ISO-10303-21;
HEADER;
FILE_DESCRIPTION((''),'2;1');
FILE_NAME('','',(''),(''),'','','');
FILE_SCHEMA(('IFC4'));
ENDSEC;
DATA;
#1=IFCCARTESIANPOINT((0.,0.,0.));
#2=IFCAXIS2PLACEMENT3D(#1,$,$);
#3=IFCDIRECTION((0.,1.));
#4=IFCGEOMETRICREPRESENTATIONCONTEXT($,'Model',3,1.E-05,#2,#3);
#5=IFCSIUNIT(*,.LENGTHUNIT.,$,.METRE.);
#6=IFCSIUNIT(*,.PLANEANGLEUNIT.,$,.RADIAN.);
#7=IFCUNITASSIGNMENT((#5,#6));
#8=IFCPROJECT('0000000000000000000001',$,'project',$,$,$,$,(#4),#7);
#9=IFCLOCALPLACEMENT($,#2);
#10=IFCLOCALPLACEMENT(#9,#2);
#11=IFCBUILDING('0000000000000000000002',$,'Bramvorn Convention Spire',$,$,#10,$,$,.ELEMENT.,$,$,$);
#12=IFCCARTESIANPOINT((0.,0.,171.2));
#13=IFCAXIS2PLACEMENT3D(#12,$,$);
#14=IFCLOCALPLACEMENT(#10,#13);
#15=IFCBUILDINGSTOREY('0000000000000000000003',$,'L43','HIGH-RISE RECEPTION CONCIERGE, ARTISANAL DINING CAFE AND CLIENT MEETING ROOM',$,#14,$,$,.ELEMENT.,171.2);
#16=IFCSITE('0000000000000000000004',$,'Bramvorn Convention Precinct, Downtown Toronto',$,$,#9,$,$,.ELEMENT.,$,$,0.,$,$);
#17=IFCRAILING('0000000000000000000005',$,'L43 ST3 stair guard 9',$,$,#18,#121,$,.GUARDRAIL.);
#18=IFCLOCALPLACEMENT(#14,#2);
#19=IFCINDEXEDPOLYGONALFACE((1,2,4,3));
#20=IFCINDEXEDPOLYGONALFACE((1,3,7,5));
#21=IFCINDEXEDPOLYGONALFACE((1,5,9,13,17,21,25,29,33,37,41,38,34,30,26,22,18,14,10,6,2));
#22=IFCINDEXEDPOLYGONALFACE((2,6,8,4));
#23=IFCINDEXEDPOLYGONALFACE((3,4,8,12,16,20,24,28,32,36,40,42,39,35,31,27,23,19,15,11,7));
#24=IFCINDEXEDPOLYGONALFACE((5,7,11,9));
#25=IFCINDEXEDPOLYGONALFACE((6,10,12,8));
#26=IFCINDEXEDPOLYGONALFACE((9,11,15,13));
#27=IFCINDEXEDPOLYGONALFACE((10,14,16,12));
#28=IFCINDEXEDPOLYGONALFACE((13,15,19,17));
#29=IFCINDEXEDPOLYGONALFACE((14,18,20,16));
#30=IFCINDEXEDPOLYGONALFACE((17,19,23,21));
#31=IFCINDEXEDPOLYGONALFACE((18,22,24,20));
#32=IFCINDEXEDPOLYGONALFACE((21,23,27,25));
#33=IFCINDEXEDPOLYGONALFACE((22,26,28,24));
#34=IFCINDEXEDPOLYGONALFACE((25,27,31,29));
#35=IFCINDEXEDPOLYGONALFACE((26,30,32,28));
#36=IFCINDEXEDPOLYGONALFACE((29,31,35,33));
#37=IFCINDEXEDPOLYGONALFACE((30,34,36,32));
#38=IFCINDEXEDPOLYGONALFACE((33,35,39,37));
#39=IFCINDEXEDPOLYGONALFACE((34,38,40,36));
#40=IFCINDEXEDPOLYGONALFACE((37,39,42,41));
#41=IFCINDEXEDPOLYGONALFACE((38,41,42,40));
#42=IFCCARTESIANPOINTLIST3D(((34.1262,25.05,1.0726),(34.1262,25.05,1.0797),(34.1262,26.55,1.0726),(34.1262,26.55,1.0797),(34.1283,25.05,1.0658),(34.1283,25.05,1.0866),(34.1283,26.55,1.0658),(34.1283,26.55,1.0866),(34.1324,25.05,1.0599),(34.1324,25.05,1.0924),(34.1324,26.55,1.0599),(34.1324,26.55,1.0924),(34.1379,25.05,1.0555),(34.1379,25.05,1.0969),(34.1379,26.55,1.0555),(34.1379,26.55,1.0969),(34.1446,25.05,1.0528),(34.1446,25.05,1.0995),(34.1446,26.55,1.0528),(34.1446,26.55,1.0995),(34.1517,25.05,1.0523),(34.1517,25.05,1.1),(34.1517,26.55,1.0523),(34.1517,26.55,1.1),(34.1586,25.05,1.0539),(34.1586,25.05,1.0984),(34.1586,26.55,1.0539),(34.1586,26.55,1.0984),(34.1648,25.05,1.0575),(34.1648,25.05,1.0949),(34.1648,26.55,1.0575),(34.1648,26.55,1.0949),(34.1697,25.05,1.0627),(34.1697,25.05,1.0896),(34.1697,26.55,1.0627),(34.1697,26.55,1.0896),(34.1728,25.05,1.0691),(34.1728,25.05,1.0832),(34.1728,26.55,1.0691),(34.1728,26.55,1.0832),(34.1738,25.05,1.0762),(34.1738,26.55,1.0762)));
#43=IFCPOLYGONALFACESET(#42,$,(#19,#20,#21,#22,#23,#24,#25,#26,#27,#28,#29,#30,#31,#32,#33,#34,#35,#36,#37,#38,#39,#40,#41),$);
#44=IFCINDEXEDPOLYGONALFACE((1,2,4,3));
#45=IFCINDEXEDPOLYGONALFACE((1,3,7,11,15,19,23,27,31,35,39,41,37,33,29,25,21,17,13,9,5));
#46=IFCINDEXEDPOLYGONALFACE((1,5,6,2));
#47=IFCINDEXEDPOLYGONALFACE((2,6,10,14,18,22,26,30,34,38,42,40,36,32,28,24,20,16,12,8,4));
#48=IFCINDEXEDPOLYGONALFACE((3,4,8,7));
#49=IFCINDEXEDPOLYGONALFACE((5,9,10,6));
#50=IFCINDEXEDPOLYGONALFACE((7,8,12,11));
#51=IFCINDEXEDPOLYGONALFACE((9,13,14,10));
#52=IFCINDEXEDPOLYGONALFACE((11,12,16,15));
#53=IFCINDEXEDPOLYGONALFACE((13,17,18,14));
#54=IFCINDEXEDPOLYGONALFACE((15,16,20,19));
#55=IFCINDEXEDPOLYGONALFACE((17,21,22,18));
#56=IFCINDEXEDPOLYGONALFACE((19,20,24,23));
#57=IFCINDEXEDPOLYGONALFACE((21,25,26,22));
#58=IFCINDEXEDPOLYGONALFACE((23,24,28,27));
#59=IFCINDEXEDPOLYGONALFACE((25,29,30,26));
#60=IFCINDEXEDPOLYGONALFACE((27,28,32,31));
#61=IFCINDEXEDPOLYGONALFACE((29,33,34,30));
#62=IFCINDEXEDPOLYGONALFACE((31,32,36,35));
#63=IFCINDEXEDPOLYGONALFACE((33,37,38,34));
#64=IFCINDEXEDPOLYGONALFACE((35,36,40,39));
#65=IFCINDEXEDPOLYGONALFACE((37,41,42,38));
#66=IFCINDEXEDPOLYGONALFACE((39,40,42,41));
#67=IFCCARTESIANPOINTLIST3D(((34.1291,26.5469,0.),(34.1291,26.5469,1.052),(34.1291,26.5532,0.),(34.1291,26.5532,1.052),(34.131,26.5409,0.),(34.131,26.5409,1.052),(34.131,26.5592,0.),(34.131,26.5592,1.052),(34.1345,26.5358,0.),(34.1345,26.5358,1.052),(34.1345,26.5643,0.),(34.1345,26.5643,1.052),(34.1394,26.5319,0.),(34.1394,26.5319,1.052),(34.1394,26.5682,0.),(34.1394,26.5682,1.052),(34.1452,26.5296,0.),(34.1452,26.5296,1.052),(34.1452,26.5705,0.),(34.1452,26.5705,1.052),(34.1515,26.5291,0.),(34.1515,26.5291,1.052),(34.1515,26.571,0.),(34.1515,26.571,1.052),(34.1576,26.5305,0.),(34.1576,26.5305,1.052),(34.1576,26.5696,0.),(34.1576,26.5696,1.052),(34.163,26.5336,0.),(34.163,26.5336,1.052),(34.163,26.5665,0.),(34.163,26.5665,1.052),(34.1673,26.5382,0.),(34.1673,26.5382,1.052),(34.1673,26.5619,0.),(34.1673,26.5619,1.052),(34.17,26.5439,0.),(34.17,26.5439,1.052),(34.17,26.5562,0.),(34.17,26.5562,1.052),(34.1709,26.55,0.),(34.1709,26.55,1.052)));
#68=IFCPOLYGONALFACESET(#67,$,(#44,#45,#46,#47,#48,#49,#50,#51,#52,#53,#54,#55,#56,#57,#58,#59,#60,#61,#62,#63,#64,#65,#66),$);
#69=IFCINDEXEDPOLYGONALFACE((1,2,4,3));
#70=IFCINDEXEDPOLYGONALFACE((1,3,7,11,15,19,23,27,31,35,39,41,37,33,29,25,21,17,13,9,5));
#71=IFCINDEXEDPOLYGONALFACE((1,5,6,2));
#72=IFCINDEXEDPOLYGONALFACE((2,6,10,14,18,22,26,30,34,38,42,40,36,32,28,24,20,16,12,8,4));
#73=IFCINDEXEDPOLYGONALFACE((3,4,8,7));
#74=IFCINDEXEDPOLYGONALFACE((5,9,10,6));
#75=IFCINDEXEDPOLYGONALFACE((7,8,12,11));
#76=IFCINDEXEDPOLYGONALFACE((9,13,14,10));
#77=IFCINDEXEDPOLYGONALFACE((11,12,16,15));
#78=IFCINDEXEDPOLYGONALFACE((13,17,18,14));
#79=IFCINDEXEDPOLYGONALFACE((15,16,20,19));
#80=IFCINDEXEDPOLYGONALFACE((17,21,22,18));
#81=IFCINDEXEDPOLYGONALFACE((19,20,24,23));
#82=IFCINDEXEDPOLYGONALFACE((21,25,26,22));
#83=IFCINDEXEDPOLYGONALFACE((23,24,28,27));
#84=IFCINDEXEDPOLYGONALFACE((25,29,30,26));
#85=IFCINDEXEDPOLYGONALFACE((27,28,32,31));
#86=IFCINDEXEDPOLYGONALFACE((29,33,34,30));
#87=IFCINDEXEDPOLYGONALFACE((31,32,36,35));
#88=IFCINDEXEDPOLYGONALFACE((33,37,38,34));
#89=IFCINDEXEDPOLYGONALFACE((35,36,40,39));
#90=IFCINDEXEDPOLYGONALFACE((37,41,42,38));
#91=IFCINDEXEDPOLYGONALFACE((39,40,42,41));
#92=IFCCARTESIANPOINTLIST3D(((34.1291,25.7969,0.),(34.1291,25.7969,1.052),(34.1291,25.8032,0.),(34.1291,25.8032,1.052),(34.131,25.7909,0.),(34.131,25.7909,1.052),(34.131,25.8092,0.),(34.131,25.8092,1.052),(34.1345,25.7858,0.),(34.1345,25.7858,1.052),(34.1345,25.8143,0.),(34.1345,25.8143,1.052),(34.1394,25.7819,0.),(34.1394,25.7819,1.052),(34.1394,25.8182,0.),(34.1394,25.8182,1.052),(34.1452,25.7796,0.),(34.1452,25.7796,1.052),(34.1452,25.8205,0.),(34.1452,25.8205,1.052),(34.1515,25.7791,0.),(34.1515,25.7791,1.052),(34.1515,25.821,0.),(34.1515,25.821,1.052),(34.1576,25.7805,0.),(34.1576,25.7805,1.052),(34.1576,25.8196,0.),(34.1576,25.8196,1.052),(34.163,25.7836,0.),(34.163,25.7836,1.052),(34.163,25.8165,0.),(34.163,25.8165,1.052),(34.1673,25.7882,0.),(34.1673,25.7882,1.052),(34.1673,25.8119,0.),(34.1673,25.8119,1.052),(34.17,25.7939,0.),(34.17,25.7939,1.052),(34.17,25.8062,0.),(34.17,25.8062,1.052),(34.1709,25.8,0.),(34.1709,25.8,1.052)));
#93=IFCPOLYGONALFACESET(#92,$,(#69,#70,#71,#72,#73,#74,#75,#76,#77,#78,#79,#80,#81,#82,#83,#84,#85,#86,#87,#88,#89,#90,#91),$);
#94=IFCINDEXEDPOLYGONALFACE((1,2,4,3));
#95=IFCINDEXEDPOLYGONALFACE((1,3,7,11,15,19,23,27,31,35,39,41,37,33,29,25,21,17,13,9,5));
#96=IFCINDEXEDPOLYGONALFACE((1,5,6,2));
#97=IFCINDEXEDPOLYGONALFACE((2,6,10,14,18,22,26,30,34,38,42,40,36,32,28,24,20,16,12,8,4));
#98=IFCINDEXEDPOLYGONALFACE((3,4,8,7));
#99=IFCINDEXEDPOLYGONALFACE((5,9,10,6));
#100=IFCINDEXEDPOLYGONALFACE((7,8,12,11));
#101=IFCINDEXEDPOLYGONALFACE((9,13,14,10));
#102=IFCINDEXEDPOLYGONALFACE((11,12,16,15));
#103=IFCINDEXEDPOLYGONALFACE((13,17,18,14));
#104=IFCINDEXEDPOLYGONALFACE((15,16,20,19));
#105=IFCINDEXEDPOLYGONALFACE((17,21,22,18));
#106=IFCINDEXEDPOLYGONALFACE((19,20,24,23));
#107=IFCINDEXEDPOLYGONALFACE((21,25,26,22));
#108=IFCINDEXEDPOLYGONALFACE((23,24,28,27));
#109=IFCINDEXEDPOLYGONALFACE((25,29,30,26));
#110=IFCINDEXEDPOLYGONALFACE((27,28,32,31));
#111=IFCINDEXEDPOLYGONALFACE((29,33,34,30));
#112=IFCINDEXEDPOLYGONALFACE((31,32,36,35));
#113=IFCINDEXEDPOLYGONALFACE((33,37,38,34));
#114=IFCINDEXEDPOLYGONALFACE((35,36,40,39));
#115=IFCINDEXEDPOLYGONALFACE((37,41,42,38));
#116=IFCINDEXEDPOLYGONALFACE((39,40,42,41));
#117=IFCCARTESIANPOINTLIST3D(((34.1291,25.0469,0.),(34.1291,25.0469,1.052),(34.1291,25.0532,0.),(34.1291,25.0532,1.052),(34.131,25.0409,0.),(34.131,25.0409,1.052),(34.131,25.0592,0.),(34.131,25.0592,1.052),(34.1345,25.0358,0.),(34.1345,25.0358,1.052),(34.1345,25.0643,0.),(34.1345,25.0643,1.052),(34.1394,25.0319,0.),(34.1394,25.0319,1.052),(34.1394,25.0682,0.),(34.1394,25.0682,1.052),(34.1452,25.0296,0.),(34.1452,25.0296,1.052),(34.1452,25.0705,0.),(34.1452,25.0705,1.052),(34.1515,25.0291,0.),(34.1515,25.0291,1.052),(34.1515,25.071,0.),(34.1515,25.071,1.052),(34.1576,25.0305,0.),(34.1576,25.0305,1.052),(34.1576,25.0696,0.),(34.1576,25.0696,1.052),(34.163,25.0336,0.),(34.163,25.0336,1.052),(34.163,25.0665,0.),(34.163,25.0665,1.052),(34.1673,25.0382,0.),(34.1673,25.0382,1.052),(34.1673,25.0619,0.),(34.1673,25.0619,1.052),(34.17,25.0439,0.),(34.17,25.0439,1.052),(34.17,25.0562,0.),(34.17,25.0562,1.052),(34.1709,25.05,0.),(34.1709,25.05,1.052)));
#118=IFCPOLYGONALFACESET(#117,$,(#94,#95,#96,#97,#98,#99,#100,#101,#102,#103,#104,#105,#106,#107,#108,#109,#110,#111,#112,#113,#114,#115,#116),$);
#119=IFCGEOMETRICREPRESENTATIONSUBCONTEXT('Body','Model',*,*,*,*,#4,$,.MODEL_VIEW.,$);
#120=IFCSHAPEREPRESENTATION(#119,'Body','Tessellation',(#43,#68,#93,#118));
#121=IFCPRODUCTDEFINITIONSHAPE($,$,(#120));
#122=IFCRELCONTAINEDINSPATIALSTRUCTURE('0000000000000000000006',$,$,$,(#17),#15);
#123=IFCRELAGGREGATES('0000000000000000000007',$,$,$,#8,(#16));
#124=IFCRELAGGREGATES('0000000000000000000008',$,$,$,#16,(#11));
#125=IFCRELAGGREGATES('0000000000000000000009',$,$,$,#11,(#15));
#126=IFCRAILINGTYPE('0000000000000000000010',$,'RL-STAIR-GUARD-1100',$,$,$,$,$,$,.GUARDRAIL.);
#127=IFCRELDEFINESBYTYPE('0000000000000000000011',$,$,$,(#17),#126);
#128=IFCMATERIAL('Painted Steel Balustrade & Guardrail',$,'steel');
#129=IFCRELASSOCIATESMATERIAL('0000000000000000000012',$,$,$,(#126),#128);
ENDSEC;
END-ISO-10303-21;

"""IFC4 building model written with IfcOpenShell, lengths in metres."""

from ifc_helpers import new_model, si_unit, direction, frame, origin, origin_2d, place, context, subcontext, project, spatial, circle, extrude, material, type_object, element, save


model = new_model("IFC4")

# Units and contexts
model_context = context("Model", 3, precision=1e-05, world=origin(), true_north=direction((0.0, 1.0)))
body_context = subcontext(model_context, "Body", "Model", "MODEL_VIEW")
ifc_project = project(units=[si_unit("LENGTHUNIT", "METRE"), si_unit("PLANEANGLEUNIT", "RADIAN")], contexts=[model_context])

# Site, building, storey
site_placement = place(None, origin())
site = spatial("IfcSite", under=ifc_project, at=site_placement, Name="Bramvorn Convention Precinct, Downtown Toronto", CompositionType="ELEMENT", RefElevation=0.0)
building_placement = place(site_placement, origin())
building = spatial("IfcBuilding", under=site, at=building_placement, Name="Bramvorn Convention Spire", CompositionType="ELEMENT")
storey_placement = place(building_placement, frame((0.0, 0.0, 171.2)))
storey = spatial("IfcBuildingStorey", under=building, at=storey_placement, Name="L43", Description="HIGH-RISE RECEPTION CONCIERGE, ARTISANAL DINING CAFE AND CLIENT MEETING ROOM", CompositionType="ELEMENT", Elevation=171.2)

# Railing
ifc_material_1 = material(Name="Painted Steel Balustrade & Guardrail", Category="steel")
railing_type_1 = type_object("IfcRailingType", Name="RL-STAIR-GUARD-1100", PredefinedType="GUARDRAIL", material=ifc_material_1)
railing_1_placement = place(storey_placement, frame((34.1499, 26.55, 0.0)))
element("IfcRailing", 1, at=railing_1_placement, inside=storey, type_object=railing_type_1, Name="L43 ST3 stair guard 9", PredefinedType="GUARDRAIL", context=body_context, shape_type="SweptSolid", body=[
    extrude(circle(Radius=0.0239, at=origin_2d()), frame((0.0, 0.0, 1.0762), z_axis=(0.0, -1.0, 0.0), x_axis=(1.0, 0.0, 0.0)), (0.0, 0.0, 1.0), 1.5),
    extrude(circle(Radius=0.021, at=origin_2d()), origin(), (0.0, 0.0, 1.0), 1.052),
    extrude(circle(Radius=0.021, at=origin_2d()), frame((0.0, -0.75, 0.0)), (0.0, 0.0, 1.0), 1.052),
    extrude(circle(Radius=0.021, at=origin_2d()), frame((0.0, -1.5, 0.0)), (0.0, 0.0, 1.0), 1.052),
])

save(model, "model.ifc")
